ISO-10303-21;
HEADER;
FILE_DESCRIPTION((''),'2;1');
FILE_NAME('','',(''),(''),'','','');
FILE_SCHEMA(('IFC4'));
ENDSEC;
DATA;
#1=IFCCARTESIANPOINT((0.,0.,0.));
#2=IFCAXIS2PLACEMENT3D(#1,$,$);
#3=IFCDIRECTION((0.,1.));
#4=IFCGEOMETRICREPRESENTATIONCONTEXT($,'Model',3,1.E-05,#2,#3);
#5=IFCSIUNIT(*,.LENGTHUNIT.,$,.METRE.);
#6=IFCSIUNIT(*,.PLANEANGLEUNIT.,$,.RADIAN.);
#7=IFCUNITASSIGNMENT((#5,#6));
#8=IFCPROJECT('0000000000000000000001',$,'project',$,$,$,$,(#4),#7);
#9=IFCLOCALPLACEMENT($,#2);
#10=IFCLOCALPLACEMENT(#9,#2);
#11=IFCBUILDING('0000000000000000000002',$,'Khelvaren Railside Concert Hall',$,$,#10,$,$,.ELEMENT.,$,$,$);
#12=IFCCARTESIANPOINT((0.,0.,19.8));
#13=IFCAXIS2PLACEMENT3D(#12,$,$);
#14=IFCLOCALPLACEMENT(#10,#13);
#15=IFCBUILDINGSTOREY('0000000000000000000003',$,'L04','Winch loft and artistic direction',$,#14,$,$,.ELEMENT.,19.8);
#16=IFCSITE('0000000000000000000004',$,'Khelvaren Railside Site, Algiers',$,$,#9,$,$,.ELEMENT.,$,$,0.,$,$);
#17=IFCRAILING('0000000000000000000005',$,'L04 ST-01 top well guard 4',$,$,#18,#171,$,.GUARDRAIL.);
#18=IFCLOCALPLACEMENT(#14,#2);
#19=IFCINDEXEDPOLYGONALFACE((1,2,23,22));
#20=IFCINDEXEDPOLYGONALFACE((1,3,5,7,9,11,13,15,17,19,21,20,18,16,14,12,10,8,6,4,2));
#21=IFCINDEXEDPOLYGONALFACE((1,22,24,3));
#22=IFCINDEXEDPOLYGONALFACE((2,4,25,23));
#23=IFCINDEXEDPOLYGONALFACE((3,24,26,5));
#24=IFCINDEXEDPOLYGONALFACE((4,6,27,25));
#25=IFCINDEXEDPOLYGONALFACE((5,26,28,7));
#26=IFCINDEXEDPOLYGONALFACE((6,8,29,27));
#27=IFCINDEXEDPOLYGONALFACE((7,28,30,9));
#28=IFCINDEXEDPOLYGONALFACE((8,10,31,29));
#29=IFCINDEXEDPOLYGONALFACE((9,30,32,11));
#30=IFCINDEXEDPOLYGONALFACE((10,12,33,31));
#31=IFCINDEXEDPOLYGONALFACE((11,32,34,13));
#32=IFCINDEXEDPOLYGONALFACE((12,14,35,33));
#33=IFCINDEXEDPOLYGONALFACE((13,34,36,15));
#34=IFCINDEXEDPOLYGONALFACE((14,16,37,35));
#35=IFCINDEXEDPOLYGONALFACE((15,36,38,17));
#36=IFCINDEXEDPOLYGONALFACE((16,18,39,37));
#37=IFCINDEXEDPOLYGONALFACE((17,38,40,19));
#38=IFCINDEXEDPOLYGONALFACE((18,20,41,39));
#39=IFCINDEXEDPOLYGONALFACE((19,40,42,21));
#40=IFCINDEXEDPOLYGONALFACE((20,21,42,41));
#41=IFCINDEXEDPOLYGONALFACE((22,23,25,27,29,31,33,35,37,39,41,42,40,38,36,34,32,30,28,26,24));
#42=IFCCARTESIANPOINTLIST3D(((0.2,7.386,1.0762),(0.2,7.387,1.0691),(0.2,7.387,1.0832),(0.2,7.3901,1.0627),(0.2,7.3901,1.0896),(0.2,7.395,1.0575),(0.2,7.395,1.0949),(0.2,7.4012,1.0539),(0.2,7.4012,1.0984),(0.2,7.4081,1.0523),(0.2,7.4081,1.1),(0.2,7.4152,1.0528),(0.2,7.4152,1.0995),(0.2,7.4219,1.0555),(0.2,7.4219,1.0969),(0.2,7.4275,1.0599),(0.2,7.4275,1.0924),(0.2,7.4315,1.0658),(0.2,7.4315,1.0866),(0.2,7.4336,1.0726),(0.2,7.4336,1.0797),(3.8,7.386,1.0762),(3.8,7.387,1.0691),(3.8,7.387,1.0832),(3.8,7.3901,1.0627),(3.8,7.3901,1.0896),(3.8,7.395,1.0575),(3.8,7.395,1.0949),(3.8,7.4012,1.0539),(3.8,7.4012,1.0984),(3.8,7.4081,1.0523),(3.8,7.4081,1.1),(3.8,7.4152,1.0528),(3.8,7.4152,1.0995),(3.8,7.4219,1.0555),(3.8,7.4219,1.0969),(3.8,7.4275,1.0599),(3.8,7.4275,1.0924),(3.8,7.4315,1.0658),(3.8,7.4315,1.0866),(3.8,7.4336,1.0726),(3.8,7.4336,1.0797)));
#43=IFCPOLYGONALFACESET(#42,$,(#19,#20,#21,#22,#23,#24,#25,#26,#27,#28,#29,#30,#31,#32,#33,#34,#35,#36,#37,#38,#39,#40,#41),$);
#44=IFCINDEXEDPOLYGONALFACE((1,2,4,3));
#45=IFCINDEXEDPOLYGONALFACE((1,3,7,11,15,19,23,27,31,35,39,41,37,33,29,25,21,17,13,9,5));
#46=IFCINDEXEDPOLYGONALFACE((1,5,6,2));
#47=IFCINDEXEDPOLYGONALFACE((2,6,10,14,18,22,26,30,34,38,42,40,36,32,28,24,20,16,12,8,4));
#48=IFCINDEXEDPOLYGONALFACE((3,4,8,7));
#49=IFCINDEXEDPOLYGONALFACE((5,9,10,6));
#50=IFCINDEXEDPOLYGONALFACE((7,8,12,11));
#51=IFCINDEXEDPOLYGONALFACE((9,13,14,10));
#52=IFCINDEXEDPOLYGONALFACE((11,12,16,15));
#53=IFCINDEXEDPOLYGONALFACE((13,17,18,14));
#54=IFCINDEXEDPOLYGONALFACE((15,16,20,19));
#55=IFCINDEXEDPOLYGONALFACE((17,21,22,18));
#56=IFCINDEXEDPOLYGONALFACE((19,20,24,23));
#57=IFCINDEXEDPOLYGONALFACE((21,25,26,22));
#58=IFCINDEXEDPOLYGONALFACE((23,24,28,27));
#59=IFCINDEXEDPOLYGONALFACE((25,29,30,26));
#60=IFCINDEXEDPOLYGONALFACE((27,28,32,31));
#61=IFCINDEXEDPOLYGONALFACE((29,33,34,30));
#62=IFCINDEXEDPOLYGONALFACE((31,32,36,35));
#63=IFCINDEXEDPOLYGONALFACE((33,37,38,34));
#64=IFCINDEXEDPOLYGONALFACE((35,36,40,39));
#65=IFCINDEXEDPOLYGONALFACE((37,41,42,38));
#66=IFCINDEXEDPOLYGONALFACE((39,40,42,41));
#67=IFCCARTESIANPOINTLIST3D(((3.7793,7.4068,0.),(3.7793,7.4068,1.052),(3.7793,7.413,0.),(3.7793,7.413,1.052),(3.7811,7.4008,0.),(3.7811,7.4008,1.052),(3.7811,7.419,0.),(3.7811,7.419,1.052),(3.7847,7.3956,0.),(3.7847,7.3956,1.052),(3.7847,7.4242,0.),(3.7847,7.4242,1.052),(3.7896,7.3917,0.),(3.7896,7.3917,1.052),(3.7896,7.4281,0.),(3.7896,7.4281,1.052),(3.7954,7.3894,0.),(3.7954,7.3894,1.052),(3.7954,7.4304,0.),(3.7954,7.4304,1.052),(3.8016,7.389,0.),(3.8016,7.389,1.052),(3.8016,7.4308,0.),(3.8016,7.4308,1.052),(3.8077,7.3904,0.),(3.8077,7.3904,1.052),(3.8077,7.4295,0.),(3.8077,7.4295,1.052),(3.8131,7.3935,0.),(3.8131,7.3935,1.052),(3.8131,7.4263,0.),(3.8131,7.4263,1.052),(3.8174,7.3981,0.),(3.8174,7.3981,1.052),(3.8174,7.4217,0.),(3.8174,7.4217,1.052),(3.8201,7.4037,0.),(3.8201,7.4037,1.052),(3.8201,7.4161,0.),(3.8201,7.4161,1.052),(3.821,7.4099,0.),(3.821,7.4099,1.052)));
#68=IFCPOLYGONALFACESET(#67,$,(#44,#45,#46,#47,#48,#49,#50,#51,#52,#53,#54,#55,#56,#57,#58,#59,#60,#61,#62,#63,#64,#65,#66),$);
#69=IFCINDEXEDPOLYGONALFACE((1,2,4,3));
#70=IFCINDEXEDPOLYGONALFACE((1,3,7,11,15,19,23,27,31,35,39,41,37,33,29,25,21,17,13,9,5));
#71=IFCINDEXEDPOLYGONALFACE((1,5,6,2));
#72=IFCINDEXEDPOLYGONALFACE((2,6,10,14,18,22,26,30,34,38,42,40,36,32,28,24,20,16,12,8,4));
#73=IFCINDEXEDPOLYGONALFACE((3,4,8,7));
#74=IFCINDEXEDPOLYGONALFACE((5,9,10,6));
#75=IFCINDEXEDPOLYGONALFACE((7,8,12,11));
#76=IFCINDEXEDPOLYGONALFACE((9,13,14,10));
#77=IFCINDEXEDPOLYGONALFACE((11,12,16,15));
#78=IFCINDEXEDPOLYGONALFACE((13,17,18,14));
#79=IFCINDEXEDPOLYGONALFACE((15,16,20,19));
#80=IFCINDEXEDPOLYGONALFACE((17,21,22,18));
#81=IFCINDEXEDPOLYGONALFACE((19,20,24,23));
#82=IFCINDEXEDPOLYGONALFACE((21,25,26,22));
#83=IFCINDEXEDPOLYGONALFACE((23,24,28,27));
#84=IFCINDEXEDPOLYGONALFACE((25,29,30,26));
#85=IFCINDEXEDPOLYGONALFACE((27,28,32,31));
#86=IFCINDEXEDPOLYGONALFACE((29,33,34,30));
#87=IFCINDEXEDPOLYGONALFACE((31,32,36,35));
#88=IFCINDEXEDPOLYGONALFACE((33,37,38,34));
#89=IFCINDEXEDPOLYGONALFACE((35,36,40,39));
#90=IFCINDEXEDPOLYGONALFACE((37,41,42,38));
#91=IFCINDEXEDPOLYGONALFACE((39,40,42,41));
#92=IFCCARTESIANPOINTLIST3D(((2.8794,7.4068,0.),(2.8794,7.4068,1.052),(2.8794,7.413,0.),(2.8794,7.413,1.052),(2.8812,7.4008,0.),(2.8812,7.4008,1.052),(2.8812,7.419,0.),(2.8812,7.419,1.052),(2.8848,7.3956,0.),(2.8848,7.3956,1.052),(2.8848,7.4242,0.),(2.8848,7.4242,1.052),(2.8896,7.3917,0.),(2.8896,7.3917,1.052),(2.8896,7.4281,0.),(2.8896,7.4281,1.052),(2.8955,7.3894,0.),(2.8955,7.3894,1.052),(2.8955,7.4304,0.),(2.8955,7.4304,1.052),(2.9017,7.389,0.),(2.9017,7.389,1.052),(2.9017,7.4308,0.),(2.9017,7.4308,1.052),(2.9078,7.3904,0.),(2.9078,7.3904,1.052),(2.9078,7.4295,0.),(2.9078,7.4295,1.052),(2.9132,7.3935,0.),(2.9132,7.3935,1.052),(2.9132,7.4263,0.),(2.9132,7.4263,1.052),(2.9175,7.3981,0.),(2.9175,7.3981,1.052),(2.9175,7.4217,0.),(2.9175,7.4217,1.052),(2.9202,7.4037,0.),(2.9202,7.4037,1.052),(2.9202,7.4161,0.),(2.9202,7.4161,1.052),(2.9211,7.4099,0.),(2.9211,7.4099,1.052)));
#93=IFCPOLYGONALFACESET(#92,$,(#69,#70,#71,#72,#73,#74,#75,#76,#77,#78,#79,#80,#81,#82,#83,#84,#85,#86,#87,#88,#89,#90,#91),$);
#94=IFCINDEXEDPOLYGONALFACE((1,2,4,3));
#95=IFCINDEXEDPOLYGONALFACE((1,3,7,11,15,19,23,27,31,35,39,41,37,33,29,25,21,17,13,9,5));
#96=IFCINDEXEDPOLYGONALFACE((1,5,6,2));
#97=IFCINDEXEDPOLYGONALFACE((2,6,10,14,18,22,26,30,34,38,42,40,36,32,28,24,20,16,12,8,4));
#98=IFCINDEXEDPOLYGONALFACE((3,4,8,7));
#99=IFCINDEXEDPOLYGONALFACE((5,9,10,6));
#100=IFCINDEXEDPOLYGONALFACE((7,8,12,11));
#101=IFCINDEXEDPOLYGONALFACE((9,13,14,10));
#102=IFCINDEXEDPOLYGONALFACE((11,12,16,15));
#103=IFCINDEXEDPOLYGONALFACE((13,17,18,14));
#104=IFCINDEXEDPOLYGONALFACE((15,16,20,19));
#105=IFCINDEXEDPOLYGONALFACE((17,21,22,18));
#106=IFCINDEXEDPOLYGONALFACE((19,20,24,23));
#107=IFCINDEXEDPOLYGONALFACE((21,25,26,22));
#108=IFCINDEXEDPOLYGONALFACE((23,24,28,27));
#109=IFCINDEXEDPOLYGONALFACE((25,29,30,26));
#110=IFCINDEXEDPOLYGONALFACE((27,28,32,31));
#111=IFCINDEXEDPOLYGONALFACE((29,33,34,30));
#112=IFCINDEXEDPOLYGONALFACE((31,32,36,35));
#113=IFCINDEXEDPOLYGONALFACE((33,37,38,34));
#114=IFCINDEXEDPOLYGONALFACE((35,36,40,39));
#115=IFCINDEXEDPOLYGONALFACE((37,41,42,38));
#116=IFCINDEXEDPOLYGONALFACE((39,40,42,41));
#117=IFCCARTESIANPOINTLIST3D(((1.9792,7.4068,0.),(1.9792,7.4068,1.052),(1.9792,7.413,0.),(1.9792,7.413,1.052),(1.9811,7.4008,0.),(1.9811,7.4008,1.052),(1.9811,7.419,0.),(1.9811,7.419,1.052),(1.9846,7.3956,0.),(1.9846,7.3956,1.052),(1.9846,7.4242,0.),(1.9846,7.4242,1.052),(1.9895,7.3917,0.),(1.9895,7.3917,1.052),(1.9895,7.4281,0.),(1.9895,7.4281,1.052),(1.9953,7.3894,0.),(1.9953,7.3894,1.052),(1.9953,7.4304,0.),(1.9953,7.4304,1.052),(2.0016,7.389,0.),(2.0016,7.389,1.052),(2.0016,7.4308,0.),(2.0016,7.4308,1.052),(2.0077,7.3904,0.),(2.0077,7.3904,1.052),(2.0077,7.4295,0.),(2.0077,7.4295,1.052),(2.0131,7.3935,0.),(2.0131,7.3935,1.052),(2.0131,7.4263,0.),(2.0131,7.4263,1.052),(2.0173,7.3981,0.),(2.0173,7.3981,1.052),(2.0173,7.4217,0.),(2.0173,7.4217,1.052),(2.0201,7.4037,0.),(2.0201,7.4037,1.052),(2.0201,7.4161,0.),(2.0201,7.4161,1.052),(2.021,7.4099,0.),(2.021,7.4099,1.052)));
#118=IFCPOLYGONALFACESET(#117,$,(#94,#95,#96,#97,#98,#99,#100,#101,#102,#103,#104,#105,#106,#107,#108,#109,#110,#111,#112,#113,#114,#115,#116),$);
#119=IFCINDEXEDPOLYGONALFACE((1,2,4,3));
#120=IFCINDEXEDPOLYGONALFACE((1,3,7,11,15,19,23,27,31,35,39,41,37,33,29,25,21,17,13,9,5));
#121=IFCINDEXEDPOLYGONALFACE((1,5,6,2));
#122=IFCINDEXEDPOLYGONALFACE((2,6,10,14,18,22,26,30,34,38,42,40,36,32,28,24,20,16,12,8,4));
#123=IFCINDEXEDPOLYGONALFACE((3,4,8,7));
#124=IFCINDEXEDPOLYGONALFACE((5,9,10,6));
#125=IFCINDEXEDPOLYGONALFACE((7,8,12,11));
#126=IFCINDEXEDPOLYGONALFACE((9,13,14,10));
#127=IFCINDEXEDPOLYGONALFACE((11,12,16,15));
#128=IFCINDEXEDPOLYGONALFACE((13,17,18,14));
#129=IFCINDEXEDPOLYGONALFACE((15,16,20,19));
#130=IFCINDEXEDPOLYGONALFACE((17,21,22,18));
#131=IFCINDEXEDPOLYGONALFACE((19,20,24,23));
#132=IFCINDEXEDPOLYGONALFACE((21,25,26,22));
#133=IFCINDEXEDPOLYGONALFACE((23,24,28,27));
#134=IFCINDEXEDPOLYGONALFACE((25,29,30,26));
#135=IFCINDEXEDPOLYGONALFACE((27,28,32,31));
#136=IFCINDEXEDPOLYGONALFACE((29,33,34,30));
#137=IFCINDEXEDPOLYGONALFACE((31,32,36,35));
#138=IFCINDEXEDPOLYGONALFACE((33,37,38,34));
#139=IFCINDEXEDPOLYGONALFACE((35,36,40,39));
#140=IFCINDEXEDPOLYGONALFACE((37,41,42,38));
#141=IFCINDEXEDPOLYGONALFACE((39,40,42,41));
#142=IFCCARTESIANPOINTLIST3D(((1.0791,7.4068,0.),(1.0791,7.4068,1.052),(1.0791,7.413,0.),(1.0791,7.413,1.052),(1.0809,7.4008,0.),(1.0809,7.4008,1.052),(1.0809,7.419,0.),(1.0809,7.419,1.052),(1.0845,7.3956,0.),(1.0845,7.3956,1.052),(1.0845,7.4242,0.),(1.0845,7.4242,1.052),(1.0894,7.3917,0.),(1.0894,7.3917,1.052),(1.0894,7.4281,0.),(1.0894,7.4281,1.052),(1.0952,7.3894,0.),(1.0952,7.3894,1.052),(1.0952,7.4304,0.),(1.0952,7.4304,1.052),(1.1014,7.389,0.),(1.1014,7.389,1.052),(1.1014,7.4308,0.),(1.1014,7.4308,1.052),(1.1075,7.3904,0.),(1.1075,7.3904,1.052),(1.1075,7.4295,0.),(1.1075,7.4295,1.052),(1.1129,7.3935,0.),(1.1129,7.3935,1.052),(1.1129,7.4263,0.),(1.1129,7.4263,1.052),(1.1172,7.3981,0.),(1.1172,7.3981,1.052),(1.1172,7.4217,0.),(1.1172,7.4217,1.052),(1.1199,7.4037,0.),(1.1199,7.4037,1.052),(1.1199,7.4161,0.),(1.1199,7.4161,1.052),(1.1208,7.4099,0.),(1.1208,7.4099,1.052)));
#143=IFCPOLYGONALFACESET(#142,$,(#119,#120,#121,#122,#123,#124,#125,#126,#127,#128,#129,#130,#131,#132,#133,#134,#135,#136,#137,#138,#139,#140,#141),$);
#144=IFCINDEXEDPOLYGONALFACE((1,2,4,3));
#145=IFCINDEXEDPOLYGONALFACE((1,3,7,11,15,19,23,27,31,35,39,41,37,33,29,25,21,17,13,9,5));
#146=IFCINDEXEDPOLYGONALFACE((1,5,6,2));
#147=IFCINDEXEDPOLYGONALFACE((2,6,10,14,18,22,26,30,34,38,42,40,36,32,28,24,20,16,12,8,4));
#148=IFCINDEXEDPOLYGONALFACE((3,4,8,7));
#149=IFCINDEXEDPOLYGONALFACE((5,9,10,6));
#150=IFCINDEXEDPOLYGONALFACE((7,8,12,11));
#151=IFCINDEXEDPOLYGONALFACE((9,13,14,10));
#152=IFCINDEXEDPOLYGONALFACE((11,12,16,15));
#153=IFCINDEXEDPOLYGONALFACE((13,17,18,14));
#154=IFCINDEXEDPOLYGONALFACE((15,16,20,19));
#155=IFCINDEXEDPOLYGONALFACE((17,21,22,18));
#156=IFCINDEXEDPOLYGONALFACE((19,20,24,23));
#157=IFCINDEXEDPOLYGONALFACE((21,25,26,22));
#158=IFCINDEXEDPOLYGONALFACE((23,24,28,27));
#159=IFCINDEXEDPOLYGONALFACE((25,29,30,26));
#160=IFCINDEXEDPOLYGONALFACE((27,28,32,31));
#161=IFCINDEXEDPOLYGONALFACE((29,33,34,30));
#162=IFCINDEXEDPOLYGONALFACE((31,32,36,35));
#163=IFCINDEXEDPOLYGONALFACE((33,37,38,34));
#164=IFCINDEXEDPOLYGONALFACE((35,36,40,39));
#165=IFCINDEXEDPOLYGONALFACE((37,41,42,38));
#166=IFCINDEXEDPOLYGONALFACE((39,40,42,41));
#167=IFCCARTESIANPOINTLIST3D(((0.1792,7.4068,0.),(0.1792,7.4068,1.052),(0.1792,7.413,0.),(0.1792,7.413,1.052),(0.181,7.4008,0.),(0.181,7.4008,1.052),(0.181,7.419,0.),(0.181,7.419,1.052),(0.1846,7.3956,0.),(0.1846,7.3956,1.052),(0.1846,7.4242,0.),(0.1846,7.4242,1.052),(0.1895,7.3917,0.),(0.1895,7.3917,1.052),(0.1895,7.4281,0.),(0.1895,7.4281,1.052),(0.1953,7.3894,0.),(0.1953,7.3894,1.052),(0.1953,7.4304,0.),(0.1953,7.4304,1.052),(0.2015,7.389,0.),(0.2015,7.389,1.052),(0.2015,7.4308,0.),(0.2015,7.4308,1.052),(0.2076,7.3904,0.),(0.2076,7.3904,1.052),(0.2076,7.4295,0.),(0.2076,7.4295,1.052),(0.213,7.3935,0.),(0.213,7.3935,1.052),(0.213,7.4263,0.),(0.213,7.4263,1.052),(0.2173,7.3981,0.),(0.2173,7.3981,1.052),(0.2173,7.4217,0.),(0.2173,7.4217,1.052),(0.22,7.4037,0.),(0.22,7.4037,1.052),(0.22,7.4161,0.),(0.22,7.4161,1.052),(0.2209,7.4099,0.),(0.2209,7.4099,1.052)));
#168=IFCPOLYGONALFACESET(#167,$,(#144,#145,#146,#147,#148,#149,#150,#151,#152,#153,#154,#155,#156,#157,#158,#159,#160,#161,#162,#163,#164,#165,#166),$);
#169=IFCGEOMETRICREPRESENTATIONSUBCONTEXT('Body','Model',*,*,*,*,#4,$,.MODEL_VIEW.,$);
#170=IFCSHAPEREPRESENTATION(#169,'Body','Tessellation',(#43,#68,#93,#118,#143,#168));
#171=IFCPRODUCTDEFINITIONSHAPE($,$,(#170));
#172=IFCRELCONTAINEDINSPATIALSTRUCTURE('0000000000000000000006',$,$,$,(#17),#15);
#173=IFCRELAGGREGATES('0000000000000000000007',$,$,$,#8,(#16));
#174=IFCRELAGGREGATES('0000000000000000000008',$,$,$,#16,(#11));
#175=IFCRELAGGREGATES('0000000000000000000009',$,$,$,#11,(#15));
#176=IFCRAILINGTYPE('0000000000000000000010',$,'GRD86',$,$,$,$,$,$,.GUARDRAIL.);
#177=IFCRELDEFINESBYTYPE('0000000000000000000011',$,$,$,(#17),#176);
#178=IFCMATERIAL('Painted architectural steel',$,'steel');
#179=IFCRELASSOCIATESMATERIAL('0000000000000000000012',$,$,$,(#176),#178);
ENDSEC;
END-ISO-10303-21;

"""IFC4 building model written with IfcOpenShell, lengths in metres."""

from ifc_helpers import new_model, si_unit, direction, frame, origin, origin_2d, place, context, subcontext, project, spatial, circle, extrude, material, type_object, element, save


model = new_model("IFC4")

# Units and contexts
model_context = context("Model", 3, precision=1e-05, world=origin(), true_north=direction((0.0, 1.0)))
body_context = subcontext(model_context, "Body", "Model", "MODEL_VIEW")
ifc_project = project(units=[si_unit("LENGTHUNIT", "METRE"), si_unit("PLANEANGLEUNIT", "RADIAN")], contexts=[model_context])

# Site, building, storey
site_placement = place(None, origin())
site = spatial("IfcSite", under=ifc_project, at=site_placement, Name="Khelvaren Railside Site, Algiers", CompositionType="ELEMENT", RefElevation=0.0)
building_placement = place(site_placement, origin())
building = spatial("IfcBuilding", under=site, at=building_placement, Name="Khelvaren Railside Concert Hall", CompositionType="ELEMENT")
storey_placement = place(building_placement, frame((0.0, 0.0, 19.8)))
storey = spatial("IfcBuildingStorey", under=building, at=storey_placement, Name="L04", Description="Winch loft and artistic direction", CompositionType="ELEMENT", Elevation=19.8)

# Railing
ifc_material_1 = material(Name="Painted architectural steel", Category="steel")
railing_type = type_object("IfcRailingType", Name="GRD86", PredefinedType="GUARDRAIL", material=ifc_material_1)
railing_1_placement = place(storey_placement, frame((3.8, 7.4099, 0.0)))
element("IfcRailing", 1, at=railing_1_placement, inside=storey, type_object=railing_type, Name="L04 ST-01 top well guard 4", PredefinedType="GUARDRAIL", context=body_context, shape_type="SweptSolid", body=[
    extrude(circle(Radius=0.0239, at=origin_2d()), frame((0.0, 0.0, 1.0762), z_axis=(-1.0, 0.0, 0.0), x_axis=(0.0, -1.0, 0.0)), (0.0, 0.0, 1.0), 3.6001),
    extrude(circle(Radius=0.021, at=origin_2d()), origin(), (0.0, 0.0, 1.0), 1.052),
    extrude(circle(Radius=0.021, at=origin_2d()), frame((-0.8999, 0.0, 0.0)), (0.0, 0.0, 1.0), 1.052),
    extrude(circle(Radius=0.021, at=origin_2d()), frame((-1.8, 0.0, 0.0)), (0.0, 0.0, 1.0), 1.052),
    extrude(circle(Radius=0.021, at=origin_2d()), frame((-2.7002, 0.0, 0.0)), (0.0, 0.0, 1.0), 1.052),
    extrude(circle(Radius=0.021, at=origin_2d()), frame((-3.6001, 0.0, 0.0)), (0.0, 0.0, 1.0), 1.052),
])

save(model, "model.ifc")
